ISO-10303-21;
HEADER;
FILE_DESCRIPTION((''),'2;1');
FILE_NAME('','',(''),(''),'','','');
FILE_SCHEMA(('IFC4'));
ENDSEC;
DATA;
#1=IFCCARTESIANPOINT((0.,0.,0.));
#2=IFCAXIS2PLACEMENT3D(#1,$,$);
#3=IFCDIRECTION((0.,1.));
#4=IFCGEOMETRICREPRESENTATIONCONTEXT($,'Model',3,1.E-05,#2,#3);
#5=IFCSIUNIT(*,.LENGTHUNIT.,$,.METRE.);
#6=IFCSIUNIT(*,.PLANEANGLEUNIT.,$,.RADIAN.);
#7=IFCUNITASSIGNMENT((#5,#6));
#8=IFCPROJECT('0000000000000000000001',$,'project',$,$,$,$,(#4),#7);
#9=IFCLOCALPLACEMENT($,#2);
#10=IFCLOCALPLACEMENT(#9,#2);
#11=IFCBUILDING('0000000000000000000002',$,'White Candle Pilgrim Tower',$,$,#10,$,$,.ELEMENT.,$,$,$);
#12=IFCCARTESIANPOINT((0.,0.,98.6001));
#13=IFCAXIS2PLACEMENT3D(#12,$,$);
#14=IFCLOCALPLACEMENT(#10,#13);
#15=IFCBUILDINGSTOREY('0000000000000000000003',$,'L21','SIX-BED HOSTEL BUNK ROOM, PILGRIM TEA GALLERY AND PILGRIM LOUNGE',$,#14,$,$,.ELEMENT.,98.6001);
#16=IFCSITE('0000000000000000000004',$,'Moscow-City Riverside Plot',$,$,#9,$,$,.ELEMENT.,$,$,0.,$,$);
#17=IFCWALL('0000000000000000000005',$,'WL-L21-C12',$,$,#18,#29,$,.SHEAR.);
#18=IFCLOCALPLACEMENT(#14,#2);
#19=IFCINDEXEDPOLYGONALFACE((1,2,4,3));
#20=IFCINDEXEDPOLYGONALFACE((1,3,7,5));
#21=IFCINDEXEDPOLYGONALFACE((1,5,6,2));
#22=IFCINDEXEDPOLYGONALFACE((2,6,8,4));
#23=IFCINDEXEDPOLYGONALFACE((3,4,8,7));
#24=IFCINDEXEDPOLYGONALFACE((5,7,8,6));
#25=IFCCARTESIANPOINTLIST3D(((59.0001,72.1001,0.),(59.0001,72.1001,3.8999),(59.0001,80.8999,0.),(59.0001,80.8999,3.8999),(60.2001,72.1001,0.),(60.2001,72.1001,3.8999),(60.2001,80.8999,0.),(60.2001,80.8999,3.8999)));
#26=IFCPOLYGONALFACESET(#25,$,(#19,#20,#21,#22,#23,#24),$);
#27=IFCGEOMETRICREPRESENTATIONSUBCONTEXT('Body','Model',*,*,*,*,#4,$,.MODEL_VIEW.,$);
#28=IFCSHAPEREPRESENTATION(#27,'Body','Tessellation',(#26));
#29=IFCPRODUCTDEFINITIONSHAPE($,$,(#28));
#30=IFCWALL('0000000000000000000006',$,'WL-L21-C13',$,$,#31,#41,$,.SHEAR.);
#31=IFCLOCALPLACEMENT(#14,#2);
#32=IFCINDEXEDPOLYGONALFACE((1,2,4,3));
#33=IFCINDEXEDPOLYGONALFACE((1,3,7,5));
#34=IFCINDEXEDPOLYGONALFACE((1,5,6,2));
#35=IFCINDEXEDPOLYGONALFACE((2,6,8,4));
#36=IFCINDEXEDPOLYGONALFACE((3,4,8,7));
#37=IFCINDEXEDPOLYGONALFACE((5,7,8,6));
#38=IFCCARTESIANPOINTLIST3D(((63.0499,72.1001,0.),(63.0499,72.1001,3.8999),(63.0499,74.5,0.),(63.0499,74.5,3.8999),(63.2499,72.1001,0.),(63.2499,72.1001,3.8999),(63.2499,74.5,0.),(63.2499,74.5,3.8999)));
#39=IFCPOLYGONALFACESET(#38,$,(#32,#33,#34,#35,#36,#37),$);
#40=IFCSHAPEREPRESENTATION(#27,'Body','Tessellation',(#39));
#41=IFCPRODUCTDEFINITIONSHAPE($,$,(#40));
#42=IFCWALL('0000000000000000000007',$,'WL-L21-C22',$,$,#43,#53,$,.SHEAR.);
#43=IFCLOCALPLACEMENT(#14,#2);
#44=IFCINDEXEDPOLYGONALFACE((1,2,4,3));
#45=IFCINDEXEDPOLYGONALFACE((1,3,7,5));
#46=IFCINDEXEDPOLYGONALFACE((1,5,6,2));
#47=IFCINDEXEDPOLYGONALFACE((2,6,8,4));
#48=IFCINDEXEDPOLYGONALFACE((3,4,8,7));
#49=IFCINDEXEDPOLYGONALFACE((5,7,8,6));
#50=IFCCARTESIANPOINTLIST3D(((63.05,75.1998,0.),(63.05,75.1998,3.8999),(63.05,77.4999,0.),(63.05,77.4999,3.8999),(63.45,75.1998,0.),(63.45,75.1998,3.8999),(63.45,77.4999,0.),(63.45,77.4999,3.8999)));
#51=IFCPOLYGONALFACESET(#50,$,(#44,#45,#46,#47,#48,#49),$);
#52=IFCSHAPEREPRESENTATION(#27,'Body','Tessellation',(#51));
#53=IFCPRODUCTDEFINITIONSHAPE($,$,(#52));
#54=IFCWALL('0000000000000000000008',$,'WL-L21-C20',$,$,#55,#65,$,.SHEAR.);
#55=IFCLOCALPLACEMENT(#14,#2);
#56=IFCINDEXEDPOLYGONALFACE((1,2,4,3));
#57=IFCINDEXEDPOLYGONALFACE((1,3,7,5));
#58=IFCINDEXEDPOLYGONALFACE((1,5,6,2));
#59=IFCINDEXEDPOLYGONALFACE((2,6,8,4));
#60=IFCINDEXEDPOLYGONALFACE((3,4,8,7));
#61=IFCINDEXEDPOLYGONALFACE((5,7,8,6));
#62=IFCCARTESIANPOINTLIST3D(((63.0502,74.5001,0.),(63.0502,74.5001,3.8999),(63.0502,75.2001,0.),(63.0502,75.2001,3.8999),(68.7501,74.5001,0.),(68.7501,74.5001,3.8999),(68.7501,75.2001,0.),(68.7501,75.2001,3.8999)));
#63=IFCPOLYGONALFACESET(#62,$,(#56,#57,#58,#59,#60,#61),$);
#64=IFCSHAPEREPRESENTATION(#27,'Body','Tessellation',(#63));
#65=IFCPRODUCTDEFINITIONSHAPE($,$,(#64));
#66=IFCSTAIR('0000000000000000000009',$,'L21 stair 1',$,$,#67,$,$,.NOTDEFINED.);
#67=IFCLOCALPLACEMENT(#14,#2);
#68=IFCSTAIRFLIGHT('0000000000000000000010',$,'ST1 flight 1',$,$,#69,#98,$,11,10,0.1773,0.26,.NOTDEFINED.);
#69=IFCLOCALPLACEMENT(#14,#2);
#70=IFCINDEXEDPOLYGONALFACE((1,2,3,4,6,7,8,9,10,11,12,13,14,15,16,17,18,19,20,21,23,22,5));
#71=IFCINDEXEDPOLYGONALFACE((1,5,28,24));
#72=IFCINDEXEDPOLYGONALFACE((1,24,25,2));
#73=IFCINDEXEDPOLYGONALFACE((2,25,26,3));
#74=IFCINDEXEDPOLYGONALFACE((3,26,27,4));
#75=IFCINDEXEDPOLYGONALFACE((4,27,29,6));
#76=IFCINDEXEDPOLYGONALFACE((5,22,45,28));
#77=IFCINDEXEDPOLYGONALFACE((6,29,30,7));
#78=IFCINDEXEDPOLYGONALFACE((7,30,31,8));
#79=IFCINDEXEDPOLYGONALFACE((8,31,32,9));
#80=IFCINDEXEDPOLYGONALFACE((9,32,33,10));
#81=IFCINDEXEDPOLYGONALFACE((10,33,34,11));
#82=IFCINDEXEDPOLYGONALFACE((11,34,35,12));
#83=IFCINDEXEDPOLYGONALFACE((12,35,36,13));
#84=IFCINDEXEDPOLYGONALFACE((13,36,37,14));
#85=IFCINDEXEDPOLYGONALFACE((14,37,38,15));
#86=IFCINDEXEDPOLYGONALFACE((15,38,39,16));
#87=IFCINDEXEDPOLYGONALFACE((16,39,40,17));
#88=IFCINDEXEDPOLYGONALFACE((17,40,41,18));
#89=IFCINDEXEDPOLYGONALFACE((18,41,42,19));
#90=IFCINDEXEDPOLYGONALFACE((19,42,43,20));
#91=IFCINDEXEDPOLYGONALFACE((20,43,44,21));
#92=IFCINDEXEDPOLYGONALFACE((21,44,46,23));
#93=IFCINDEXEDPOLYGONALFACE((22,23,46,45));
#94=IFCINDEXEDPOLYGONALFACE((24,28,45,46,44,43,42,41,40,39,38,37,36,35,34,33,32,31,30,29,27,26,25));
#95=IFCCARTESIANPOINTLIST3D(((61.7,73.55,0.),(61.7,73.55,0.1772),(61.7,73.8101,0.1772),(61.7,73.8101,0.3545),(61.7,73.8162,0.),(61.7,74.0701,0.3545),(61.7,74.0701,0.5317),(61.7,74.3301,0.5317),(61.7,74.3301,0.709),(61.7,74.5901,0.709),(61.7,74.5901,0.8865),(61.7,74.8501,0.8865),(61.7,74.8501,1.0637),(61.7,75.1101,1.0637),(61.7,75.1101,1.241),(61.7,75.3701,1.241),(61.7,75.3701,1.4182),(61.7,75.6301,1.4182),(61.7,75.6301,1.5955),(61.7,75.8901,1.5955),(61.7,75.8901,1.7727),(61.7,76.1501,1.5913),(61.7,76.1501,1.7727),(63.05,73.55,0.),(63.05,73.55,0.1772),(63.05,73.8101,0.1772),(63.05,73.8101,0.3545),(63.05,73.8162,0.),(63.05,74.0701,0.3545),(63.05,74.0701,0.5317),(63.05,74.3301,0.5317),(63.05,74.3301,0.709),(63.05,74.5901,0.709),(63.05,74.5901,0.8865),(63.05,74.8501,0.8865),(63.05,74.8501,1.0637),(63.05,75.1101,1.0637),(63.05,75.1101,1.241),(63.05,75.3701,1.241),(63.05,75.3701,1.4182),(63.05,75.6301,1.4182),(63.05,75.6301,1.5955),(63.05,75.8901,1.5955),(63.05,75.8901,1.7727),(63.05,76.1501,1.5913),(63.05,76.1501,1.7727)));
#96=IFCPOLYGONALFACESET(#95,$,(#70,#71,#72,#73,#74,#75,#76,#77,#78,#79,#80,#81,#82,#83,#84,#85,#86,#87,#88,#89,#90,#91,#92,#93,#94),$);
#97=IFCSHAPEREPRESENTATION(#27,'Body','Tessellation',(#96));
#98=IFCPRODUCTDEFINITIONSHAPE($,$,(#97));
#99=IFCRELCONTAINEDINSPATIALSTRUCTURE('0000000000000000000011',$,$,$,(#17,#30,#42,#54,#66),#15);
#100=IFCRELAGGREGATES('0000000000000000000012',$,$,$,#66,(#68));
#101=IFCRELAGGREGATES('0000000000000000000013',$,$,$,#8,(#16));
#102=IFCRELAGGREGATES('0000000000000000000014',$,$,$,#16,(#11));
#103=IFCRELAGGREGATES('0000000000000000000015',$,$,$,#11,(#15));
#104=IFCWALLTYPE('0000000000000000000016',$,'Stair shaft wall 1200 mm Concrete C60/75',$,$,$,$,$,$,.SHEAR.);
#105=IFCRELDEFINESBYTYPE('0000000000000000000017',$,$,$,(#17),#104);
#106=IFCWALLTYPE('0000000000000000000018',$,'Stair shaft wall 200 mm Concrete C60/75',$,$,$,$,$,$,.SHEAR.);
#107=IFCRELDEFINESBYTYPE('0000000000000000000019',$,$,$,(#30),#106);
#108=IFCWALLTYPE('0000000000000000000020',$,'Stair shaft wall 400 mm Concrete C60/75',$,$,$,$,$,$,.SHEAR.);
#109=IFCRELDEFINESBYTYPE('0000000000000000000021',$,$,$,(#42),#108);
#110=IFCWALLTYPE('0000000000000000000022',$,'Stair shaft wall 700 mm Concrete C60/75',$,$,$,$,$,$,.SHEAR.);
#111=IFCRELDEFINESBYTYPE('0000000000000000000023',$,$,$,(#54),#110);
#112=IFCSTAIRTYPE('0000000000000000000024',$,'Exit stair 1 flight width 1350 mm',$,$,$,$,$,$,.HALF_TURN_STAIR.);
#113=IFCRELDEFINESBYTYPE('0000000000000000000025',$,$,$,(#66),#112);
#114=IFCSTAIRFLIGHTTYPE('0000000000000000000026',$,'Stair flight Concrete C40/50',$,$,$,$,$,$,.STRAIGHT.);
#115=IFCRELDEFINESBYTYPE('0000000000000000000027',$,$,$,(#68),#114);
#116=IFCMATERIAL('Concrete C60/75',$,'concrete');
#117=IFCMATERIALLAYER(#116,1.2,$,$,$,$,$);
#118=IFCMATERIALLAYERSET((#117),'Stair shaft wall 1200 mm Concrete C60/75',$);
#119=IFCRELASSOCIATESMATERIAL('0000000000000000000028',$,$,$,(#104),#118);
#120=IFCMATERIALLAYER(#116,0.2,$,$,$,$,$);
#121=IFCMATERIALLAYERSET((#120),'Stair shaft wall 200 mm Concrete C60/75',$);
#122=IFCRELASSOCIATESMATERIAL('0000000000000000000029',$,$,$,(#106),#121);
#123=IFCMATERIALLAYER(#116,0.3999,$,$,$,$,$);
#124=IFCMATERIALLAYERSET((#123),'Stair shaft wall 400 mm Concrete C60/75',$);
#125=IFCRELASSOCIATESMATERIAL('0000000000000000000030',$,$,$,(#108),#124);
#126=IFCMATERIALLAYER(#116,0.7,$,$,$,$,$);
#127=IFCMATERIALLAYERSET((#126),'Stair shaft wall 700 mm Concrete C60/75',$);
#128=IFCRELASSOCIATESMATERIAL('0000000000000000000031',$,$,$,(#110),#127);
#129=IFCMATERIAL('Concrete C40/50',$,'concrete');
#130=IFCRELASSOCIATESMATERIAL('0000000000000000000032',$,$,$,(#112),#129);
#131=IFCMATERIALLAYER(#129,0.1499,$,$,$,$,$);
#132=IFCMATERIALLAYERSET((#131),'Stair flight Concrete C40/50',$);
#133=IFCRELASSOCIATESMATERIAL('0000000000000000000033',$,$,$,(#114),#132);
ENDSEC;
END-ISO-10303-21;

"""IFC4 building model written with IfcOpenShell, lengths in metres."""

from ifc_helpers import new_model, si_unit, direction, frame, frame_2d, origin, place, context, subcontext, project, spatial, polyline, rectangle, outline, extrude, material, layer, layer_set, type_object, element, aggregate, save


model = new_model("IFC4")

# Units and contexts
model_context = context("Model", 3, precision=1e-05, world=origin(), true_north=direction((0.0, 1.0)))
body_context = subcontext(model_context, "Body", "Model", "MODEL_VIEW")
ifc_project = project(units=[si_unit("LENGTHUNIT", "METRE"), si_unit("PLANEANGLEUNIT", "RADIAN")], contexts=[model_context])

# Site, building, storey
site_placement = place(None, origin())
site = spatial("IfcSite", under=ifc_project, at=site_placement, Name="Moscow-City Riverside Plot", CompositionType="ELEMENT", RefElevation=0.0)
building_placement = place(site_placement, origin())
building = spatial("IfcBuilding", under=site, at=building_placement, Name="White Candle Pilgrim Tower", CompositionType="ELEMENT")
storey_placement = place(building_placement, frame((0.0, 0.0, 98.6001)))
storey = spatial("IfcBuildingStorey", under=building, at=storey_placement, Name="L21", Description="SIX-BED HOSTEL BUNK ROOM, PILGRIM TEA GALLERY AND PILGRIM LOUNGE", CompositionType="ELEMENT", Elevation=98.6001)

# Shared definitions
ifc_material_1 = material(Name="Concrete C60/75", Category="concrete")

# Walls
ifc_layer_1 = layer(ifc_material_1, 1.2)
ifc_layer_set_1 = layer_set([ifc_layer_1], Name="Stair shaft wall 1200 mm Concrete C60/75")
wall_type_1 = type_object("IfcWallType", Name="Stair shaft wall 1200 mm Concrete C60/75", PredefinedType="SHEAR", material=ifc_layer_set_1)
wall_1_placement = place(storey_placement, frame((59.6001, 72.1001, 0.0), z_axis=(0.0, 0.0, 1.0), x_axis=(0.0, 1.0, 0.0)))
element("IfcWall", 1, at=wall_1_placement, inside=storey, type_object=wall_type_1, Name="WL-L21-C12", PredefinedType="SHEAR", context=body_context, shape_type="SweptSolid", body=[
    extrude(rectangle(XDim=8.7998, YDim=1.2, at=frame_2d((4.3999, 0.0))), origin(), (0.0, 0.0, 1.0), 3.8999),
])
ifc_layer_2 = layer(ifc_material_1, 0.2)
ifc_layer_set_2 = layer_set([ifc_layer_2], Name="Stair shaft wall 200 mm Concrete C60/75")
wall_type_2 = type_object("IfcWallType", Name="Stair shaft wall 200 mm Concrete C60/75", PredefinedType="SHEAR", material=ifc_layer_set_2)
wall_2_placement = place(storey_placement, frame((63.1499, 72.1001, 0.0), z_axis=(0.0, 0.0, 1.0), x_axis=(0.0, 1.0, 0.0)))
element("IfcWall", 2, at=wall_2_placement, inside=storey, type_object=wall_type_2, Name="WL-L21-C13", PredefinedType="SHEAR", context=body_context, shape_type="SweptSolid", body=[
    extrude(rectangle(XDim=2.3999, YDim=0.2, at=frame_2d((1.2, 0.0))), origin(), (0.0, 0.0, 1.0), 3.8999),
])
ifc_layer_3 = layer(ifc_material_1, 0.3999)
ifc_layer_set_3 = layer_set([ifc_layer_3], Name="Stair shaft wall 400 mm Concrete C60/75")
wall_type_3 = type_object("IfcWallType", Name="Stair shaft wall 400 mm Concrete C60/75", PredefinedType="SHEAR", material=ifc_layer_set_3)
wall_3_placement = place(storey_placement, frame((63.25, 75.2, 0.0), z_axis=(0.0, 0.0, 1.0), x_axis=(0.0, 1.0, 0.0)))
element("IfcWall", 3, at=wall_3_placement, inside=storey, type_object=wall_type_3, Name="WL-L21-C22", PredefinedType="SHEAR", context=body_context, shape_type="SweptSolid", body=[
    extrude(rectangle(XDim=2.3, YDim=0.3999, at=frame_2d((1.1499, 0.0))), origin(), (0.0, 0.0, 1.0), 3.8999),
])
ifc_layer_4 = layer(ifc_material_1, 0.7)
ifc_layer_set_4 = layer_set([ifc_layer_4], Name="Stair shaft wall 700 mm Concrete C60/75")
wall_type_4 = type_object("IfcWallType", Name="Stair shaft wall 700 mm Concrete C60/75", PredefinedType="SHEAR", material=ifc_layer_set_4)
wall_4_placement = place(storey_placement, frame((63.05, 74.8501, 0.0), z_axis=(0.0, 0.0, 1.0), x_axis=(1.0, 0.0, 0.0)))
element("IfcWall", 4, at=wall_4_placement, inside=storey, type_object=wall_type_4, Name="WL-L21-C20", PredefinedType="SHEAR", context=body_context, shape_type="SweptSolid", body=[
    extrude(rectangle(XDim=5.7, YDim=0.7, at=frame_2d((2.8501, 0.0))), origin(), (0.0, 0.0, 1.0), 3.8999),
])

# Stair, stair flight
ifc_material_2 = material(Name="Concrete C40/50", Category="concrete")
stair_type = type_object("IfcStairType", Name="Exit stair 1 flight width 1350 mm", PredefinedType="HALF_TURN_STAIR", material=ifc_material_2)
stair_placement = place(storey_placement, origin())
stair = element("IfcStair", 5, at=stair_placement, inside=storey, type_object=stair_type, Name="L21 stair 1", PredefinedType="NOTDEFINED")
ifc_layer_5 = layer(ifc_material_2, 0.1499)
ifc_layer_set_5 = layer_set([ifc_layer_5], Name="Stair flight Concrete C40/50")
stair_flight_type = type_object("IfcStairFlightType", Name="Stair flight Concrete C40/50", PredefinedType="STRAIGHT", material=ifc_layer_set_5)
stair_flight_placement = place(storey_placement, frame((62.375, 73.55, 0.0), z_axis=(0.0, 0.0, 1.0), x_axis=(0.0, 1.0, 0.0)))
stair_flight = element("IfcStairFlight", 6, at=stair_flight_placement, type_object=stair_flight_type, Name="ST1 flight 1", NumberOfRisers=11, NumberOfTreads=10, PredefinedType="NOTDEFINED", RiserHeight=0.1773, TreadLength=0.26, context=body_context, shape_type="SweptSolid", body=[
    extrude(outline(polyline([(0.0, 0.0), (0.0, 0.1772), (0.26, 0.1772), (0.26, 0.3545), (0.52, 0.3545), (0.52, 0.5317), (0.78, 0.5317), (0.78, 0.709), (1.04, 0.709), (1.04, 0.8865), (1.3, 0.8865), (1.3, 1.0637), (1.5601, 1.0637), (1.5601, 1.241), (1.8201, 1.241), (1.8201, 1.4182), (2.0801, 1.4182), (2.0801, 1.5955), (2.3401, 1.5955), (2.3401, 1.7727), (2.6001, 1.7727), (2.6001, 1.95), (2.6001, 1.5913), (0.2661, 0.0), (0.0, 0.0)])), frame((0.0, 0.675, 0.0), z_axis=(0.0, -1.0, 0.0), x_axis=(1.0, 0.0, 0.0)), (0.0, 0.0, 1.0), 1.3501),
])
aggregate(stair, [stair_flight])

save(model, "model.ifc")
